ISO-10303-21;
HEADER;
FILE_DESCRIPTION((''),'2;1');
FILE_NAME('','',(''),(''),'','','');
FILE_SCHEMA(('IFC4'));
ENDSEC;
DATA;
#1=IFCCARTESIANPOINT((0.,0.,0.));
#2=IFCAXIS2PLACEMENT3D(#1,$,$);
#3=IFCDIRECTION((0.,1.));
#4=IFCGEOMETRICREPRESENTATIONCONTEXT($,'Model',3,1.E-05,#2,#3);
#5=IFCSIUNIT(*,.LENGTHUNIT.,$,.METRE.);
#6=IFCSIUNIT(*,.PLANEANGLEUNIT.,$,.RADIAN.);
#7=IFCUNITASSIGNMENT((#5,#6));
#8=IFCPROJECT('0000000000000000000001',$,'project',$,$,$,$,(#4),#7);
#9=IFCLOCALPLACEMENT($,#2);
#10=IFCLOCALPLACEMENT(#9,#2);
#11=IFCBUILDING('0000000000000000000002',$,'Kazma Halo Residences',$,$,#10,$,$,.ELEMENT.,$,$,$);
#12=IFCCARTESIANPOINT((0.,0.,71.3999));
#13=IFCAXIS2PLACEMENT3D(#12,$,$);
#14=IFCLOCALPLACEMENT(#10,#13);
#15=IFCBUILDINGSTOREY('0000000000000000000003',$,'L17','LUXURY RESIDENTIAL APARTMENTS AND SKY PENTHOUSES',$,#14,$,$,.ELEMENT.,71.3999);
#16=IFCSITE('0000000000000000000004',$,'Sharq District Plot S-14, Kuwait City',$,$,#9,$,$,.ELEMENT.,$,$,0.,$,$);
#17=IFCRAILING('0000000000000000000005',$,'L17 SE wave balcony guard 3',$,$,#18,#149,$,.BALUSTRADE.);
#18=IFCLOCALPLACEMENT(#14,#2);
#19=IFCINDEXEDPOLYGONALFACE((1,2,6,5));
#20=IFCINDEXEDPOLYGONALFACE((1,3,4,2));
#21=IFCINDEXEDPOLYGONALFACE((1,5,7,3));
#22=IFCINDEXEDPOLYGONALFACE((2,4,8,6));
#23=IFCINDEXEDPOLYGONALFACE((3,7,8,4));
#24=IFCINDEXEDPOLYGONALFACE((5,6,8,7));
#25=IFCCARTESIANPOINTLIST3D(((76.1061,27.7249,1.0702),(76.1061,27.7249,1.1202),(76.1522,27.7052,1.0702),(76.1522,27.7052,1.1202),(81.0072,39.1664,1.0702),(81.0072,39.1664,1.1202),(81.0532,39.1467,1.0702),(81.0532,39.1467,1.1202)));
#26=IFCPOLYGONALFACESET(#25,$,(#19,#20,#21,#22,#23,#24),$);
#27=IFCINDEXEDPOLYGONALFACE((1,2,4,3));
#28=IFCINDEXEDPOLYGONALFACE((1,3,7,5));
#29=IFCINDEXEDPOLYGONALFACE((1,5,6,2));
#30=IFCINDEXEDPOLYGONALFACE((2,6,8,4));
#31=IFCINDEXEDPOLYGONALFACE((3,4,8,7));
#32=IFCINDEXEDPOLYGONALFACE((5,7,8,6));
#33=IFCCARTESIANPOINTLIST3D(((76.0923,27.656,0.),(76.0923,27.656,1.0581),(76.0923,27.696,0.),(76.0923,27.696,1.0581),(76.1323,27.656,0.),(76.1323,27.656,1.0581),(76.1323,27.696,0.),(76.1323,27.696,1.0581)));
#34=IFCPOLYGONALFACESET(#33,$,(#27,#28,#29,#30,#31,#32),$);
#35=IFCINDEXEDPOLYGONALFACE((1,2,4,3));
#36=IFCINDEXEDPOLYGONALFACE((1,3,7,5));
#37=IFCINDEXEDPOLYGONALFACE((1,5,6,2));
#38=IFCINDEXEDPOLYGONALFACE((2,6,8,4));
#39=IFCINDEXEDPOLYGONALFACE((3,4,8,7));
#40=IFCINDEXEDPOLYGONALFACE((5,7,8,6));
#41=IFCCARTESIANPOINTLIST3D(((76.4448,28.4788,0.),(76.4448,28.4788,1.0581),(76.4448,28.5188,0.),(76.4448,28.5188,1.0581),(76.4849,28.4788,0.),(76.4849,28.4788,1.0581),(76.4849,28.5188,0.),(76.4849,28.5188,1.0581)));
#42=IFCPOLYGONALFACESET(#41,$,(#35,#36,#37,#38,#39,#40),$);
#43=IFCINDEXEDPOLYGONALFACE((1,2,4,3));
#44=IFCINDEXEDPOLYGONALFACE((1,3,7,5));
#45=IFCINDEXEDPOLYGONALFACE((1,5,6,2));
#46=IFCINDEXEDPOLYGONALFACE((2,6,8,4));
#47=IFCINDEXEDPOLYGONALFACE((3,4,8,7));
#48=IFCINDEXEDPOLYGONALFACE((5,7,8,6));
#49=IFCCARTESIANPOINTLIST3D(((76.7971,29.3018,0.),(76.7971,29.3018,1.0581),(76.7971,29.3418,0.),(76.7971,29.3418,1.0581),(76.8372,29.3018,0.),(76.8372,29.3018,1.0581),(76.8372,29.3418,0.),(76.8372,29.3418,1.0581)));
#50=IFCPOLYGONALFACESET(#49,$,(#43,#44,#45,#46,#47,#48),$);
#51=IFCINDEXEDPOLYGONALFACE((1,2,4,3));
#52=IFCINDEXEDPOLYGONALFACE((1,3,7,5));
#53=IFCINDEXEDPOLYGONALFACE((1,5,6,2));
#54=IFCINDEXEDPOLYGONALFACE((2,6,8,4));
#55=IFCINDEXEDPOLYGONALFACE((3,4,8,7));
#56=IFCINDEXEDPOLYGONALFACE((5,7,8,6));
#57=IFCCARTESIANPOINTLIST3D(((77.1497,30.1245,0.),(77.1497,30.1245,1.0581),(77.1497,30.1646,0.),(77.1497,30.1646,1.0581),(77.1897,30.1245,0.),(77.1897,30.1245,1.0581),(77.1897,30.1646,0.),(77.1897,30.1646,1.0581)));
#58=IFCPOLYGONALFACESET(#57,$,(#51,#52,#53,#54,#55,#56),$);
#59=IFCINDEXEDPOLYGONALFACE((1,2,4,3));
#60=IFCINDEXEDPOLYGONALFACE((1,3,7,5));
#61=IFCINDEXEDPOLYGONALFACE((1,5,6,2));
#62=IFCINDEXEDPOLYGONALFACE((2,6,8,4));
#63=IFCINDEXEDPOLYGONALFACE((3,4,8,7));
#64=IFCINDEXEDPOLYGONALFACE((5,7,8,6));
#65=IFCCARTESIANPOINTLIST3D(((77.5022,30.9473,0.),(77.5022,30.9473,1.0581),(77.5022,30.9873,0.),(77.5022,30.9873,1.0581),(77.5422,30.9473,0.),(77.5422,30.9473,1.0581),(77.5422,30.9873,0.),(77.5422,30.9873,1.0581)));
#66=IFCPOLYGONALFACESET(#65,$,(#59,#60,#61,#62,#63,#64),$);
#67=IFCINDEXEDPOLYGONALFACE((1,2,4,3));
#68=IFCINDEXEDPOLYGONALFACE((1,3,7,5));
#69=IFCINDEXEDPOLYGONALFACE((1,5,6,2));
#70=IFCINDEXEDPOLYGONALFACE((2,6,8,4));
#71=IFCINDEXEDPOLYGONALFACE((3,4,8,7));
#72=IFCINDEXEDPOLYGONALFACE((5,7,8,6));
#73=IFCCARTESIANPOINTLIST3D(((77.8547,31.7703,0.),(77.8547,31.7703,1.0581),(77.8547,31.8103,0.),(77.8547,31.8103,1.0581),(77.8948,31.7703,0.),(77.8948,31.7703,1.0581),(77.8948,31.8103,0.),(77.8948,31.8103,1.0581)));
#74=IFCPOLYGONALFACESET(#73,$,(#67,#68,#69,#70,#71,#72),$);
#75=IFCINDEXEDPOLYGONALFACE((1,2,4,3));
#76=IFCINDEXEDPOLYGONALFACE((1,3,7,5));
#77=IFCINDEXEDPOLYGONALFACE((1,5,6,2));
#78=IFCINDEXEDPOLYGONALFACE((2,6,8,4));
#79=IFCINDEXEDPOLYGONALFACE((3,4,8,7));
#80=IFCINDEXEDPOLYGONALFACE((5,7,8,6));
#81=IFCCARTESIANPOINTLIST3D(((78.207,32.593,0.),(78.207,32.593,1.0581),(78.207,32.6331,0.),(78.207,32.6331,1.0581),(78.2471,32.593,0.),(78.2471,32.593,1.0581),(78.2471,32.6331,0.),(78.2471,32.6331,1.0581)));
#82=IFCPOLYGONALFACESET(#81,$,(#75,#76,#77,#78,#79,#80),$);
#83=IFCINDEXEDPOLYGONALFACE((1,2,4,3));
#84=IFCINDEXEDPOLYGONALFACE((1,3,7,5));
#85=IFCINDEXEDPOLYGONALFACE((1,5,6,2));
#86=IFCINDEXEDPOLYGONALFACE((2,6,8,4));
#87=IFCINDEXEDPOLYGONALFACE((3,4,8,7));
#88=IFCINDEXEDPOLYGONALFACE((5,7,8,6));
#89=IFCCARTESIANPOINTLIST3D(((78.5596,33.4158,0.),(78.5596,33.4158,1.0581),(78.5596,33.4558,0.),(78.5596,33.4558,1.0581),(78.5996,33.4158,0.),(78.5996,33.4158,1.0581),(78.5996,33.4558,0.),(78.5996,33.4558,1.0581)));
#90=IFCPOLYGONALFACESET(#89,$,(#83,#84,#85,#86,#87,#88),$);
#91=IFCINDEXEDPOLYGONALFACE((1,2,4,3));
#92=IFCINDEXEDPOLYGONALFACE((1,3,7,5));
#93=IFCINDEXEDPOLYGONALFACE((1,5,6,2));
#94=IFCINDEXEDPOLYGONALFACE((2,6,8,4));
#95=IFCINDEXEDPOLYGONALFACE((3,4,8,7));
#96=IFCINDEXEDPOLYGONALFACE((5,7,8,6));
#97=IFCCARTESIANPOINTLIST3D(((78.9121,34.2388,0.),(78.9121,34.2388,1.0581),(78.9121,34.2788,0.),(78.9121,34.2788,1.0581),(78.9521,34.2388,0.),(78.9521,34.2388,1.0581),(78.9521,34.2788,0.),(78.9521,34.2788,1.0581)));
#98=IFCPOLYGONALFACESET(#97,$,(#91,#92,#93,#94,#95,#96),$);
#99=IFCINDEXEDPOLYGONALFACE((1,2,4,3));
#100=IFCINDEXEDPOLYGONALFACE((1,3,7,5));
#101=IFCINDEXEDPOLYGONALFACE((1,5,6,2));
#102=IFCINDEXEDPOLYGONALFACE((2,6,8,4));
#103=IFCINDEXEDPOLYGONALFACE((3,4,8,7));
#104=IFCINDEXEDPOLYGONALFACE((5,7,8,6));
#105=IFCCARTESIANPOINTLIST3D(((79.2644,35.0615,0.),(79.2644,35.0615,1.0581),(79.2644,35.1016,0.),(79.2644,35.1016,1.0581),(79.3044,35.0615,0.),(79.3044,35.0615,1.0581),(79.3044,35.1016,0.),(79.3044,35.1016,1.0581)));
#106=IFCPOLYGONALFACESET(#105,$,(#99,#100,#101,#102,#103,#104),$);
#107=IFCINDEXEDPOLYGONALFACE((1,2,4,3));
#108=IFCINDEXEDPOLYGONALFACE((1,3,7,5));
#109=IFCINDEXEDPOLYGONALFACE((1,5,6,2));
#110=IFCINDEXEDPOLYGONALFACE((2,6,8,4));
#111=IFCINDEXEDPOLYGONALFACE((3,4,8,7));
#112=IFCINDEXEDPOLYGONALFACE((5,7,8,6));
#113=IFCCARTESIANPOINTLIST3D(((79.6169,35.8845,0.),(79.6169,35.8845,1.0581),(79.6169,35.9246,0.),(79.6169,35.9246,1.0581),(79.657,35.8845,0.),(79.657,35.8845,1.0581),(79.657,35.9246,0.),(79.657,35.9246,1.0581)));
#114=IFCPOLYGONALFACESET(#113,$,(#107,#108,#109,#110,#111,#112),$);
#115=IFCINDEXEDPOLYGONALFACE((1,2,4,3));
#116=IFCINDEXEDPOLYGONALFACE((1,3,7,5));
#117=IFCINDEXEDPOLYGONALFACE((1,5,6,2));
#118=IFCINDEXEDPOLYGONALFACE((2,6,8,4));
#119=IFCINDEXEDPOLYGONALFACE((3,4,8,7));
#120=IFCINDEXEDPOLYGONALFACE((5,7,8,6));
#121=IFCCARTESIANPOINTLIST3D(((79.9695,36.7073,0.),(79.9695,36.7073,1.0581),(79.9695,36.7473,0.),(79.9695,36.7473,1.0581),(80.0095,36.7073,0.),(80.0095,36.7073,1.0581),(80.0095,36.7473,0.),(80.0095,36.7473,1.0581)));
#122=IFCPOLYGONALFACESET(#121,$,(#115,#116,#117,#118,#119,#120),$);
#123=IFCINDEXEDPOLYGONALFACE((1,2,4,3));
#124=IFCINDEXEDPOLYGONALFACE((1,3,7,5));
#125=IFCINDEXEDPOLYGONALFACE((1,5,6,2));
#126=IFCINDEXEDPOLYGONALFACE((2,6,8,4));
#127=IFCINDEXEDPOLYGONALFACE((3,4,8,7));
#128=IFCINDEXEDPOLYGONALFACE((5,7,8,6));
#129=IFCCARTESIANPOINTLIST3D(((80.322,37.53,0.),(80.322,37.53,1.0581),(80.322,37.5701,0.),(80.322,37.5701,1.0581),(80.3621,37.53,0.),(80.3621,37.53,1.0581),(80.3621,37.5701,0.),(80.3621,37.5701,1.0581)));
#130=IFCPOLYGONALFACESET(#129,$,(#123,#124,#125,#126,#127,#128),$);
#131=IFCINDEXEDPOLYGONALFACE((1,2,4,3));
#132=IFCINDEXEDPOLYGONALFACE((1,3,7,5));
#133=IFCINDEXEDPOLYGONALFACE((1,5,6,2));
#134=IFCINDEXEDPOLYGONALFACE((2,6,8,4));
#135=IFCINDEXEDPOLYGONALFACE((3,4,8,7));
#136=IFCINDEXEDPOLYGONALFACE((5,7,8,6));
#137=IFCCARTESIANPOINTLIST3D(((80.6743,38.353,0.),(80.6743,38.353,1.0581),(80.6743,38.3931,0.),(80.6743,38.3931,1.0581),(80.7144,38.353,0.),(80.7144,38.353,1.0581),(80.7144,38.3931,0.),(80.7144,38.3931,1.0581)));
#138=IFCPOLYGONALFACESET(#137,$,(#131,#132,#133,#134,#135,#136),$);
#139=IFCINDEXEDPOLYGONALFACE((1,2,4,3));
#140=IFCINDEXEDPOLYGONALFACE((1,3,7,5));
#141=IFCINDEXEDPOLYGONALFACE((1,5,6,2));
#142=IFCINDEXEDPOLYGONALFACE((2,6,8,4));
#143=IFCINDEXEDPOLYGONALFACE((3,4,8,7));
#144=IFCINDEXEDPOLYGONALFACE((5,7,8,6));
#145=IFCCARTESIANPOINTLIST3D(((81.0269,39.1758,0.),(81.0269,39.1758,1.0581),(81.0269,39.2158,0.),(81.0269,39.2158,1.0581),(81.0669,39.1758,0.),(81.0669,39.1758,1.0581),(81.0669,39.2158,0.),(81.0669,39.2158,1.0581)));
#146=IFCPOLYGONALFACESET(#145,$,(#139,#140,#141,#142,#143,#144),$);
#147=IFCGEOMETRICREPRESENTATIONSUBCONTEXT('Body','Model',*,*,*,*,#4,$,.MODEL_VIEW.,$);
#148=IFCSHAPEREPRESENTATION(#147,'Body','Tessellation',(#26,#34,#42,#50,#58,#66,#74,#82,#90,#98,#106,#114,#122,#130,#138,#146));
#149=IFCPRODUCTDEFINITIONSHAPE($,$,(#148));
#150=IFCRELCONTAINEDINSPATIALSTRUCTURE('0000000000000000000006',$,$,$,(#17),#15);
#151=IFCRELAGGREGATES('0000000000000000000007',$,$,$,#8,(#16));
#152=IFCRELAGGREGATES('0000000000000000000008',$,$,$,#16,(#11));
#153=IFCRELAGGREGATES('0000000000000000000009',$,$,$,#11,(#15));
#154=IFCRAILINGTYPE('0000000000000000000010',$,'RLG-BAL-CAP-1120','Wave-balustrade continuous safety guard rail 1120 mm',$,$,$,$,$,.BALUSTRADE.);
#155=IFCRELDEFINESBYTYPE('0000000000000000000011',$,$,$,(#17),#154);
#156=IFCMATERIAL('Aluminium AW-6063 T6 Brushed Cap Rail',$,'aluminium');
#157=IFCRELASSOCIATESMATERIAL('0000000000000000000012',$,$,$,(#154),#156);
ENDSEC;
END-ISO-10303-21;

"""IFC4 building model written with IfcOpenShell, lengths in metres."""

from ifc_helpers import new_model, si_unit, direction, frame, origin, origin_2d, place, context, subcontext, project, spatial, rectangle, extrude, material, type_object, element, save


model = new_model("IFC4")

# Units and contexts
model_context = context("Model", 3, precision=1e-05, world=origin(), true_north=direction((0.0, 1.0)))
body_context = subcontext(model_context, "Body", "Model", "MODEL_VIEW")
ifc_project = project(units=[si_unit("LENGTHUNIT", "METRE"), si_unit("PLANEANGLEUNIT", "RADIAN")], contexts=[model_context])

# Site, building, storey
site_placement = place(None, origin())
site = spatial("IfcSite", under=ifc_project, at=site_placement, Name="Sharq District Plot S-14, Kuwait City", CompositionType="ELEMENT", RefElevation=0.0)
building_placement = place(site_placement, origin())
building = spatial("IfcBuilding", under=site, at=building_placement, Name="Kazma Halo Residences", CompositionType="ELEMENT")
storey_placement = place(building_placement, frame((0.0, 0.0, 71.3999)))
storey = spatial("IfcBuildingStorey", under=building, at=storey_placement, Name="L17", Description="LUXURY RESIDENTIAL APARTMENTS AND SKY PENTHOUSES", CompositionType="ELEMENT", Elevation=71.3999)

# Railing
ifc_material_1 = material(Name="Aluminium AW-6063 T6 Brushed Cap Rail", Category="aluminium")
railing_type = type_object("IfcRailingType", Name="RLG-BAL-CAP-1120", Description="Wave-balustrade continuous safety guard rail 1120 mm", PredefinedType="BALUSTRADE", material=ifc_material_1)
railing_1_placement = place(storey_placement, frame((76.1123, 27.676, 0.0)))
element("IfcRailing", 1, at=railing_1_placement, inside=storey, type_object=railing_type, Name="L17 SE wave balcony guard 3", PredefinedType="BALUSTRADE", context=body_context, shape_type="SweptSolid", body=[
    extrude(rectangle(XDim=0.05, YDim=0.05, at=origin_2d()), frame((0.0168, 0.0391, 1.0952), z_axis=(0.393752, 0.919217, 0.0), x_axis=(-0.919217, 0.393752, 0.0)), (0.0, 0.0, 1.0), 12.447),
    extrude(rectangle(XDim=0.04, YDim=0.04, at=origin_2d()), origin(), (0.0, 0.0, 1.0), 1.0581),
    extrude(rectangle(XDim=0.04, YDim=0.04, at=origin_2d()), frame((0.3525, 0.8228, 0.0)), (0.0, 0.0, 1.0), 1.0581),
    extrude(rectangle(XDim=0.04, YDim=0.04, at=origin_2d()), frame((0.7048, 1.6458, 0.0)), (0.0, 0.0, 1.0), 1.0581),
    extrude(rectangle(XDim=0.04, YDim=0.04, at=origin_2d()), frame((1.0574, 2.4685, 0.0)), (0.0, 0.0, 1.0), 1.0581),
    extrude(rectangle(XDim=0.04, YDim=0.04, at=origin_2d()), frame((1.4099, 3.2913, 0.0)), (0.0, 0.0, 1.0), 1.0581),
    extrude(rectangle(XDim=0.04, YDim=0.04, at=origin_2d()), frame((1.7625, 4.1143, 0.0)), (0.0, 0.0, 1.0), 1.0581),
    extrude(rectangle(XDim=0.04, YDim=0.04, at=origin_2d()), frame((2.1147, 4.937, 0.0)), (0.0, 0.0, 1.0), 1.0581),
    extrude(rectangle(XDim=0.04, YDim=0.04, at=origin_2d()), frame((2.4673, 5.7598, 0.0)), (0.0, 0.0, 1.0), 1.0581),
    extrude(rectangle(XDim=0.04, YDim=0.04, at=origin_2d()), frame((2.8198, 6.5828, 0.0)), (0.0, 0.0, 1.0), 1.0581),
    extrude(rectangle(XDim=0.04, YDim=0.04, at=origin_2d()), frame((3.1721, 7.4055, 0.0)), (0.0, 0.0, 1.0), 1.0581),
    extrude(rectangle(XDim=0.04, YDim=0.04, at=origin_2d()), frame((3.5247, 8.2285, 0.0)), (0.0, 0.0, 1.0), 1.0581),
    extrude(rectangle(XDim=0.04, YDim=0.04, at=origin_2d()), frame((3.8772, 9.0513, 0.0)), (0.0, 0.0, 1.0), 1.0581),
    extrude(rectangle(XDim=0.04, YDim=0.04, at=origin_2d()), frame((4.2297, 9.874, 0.0)), (0.0, 0.0, 1.0), 1.0581),
    extrude(rectangle(XDim=0.04, YDim=0.04, at=origin_2d()), frame((4.582, 10.697, 0.0)), (0.0, 0.0, 1.0), 1.0581),
    extrude(rectangle(XDim=0.04, YDim=0.04, at=origin_2d()), frame((4.9346, 11.5198, 0.0)), (0.0, 0.0, 1.0), 1.0581),
])

save(model, "model.ifc")
